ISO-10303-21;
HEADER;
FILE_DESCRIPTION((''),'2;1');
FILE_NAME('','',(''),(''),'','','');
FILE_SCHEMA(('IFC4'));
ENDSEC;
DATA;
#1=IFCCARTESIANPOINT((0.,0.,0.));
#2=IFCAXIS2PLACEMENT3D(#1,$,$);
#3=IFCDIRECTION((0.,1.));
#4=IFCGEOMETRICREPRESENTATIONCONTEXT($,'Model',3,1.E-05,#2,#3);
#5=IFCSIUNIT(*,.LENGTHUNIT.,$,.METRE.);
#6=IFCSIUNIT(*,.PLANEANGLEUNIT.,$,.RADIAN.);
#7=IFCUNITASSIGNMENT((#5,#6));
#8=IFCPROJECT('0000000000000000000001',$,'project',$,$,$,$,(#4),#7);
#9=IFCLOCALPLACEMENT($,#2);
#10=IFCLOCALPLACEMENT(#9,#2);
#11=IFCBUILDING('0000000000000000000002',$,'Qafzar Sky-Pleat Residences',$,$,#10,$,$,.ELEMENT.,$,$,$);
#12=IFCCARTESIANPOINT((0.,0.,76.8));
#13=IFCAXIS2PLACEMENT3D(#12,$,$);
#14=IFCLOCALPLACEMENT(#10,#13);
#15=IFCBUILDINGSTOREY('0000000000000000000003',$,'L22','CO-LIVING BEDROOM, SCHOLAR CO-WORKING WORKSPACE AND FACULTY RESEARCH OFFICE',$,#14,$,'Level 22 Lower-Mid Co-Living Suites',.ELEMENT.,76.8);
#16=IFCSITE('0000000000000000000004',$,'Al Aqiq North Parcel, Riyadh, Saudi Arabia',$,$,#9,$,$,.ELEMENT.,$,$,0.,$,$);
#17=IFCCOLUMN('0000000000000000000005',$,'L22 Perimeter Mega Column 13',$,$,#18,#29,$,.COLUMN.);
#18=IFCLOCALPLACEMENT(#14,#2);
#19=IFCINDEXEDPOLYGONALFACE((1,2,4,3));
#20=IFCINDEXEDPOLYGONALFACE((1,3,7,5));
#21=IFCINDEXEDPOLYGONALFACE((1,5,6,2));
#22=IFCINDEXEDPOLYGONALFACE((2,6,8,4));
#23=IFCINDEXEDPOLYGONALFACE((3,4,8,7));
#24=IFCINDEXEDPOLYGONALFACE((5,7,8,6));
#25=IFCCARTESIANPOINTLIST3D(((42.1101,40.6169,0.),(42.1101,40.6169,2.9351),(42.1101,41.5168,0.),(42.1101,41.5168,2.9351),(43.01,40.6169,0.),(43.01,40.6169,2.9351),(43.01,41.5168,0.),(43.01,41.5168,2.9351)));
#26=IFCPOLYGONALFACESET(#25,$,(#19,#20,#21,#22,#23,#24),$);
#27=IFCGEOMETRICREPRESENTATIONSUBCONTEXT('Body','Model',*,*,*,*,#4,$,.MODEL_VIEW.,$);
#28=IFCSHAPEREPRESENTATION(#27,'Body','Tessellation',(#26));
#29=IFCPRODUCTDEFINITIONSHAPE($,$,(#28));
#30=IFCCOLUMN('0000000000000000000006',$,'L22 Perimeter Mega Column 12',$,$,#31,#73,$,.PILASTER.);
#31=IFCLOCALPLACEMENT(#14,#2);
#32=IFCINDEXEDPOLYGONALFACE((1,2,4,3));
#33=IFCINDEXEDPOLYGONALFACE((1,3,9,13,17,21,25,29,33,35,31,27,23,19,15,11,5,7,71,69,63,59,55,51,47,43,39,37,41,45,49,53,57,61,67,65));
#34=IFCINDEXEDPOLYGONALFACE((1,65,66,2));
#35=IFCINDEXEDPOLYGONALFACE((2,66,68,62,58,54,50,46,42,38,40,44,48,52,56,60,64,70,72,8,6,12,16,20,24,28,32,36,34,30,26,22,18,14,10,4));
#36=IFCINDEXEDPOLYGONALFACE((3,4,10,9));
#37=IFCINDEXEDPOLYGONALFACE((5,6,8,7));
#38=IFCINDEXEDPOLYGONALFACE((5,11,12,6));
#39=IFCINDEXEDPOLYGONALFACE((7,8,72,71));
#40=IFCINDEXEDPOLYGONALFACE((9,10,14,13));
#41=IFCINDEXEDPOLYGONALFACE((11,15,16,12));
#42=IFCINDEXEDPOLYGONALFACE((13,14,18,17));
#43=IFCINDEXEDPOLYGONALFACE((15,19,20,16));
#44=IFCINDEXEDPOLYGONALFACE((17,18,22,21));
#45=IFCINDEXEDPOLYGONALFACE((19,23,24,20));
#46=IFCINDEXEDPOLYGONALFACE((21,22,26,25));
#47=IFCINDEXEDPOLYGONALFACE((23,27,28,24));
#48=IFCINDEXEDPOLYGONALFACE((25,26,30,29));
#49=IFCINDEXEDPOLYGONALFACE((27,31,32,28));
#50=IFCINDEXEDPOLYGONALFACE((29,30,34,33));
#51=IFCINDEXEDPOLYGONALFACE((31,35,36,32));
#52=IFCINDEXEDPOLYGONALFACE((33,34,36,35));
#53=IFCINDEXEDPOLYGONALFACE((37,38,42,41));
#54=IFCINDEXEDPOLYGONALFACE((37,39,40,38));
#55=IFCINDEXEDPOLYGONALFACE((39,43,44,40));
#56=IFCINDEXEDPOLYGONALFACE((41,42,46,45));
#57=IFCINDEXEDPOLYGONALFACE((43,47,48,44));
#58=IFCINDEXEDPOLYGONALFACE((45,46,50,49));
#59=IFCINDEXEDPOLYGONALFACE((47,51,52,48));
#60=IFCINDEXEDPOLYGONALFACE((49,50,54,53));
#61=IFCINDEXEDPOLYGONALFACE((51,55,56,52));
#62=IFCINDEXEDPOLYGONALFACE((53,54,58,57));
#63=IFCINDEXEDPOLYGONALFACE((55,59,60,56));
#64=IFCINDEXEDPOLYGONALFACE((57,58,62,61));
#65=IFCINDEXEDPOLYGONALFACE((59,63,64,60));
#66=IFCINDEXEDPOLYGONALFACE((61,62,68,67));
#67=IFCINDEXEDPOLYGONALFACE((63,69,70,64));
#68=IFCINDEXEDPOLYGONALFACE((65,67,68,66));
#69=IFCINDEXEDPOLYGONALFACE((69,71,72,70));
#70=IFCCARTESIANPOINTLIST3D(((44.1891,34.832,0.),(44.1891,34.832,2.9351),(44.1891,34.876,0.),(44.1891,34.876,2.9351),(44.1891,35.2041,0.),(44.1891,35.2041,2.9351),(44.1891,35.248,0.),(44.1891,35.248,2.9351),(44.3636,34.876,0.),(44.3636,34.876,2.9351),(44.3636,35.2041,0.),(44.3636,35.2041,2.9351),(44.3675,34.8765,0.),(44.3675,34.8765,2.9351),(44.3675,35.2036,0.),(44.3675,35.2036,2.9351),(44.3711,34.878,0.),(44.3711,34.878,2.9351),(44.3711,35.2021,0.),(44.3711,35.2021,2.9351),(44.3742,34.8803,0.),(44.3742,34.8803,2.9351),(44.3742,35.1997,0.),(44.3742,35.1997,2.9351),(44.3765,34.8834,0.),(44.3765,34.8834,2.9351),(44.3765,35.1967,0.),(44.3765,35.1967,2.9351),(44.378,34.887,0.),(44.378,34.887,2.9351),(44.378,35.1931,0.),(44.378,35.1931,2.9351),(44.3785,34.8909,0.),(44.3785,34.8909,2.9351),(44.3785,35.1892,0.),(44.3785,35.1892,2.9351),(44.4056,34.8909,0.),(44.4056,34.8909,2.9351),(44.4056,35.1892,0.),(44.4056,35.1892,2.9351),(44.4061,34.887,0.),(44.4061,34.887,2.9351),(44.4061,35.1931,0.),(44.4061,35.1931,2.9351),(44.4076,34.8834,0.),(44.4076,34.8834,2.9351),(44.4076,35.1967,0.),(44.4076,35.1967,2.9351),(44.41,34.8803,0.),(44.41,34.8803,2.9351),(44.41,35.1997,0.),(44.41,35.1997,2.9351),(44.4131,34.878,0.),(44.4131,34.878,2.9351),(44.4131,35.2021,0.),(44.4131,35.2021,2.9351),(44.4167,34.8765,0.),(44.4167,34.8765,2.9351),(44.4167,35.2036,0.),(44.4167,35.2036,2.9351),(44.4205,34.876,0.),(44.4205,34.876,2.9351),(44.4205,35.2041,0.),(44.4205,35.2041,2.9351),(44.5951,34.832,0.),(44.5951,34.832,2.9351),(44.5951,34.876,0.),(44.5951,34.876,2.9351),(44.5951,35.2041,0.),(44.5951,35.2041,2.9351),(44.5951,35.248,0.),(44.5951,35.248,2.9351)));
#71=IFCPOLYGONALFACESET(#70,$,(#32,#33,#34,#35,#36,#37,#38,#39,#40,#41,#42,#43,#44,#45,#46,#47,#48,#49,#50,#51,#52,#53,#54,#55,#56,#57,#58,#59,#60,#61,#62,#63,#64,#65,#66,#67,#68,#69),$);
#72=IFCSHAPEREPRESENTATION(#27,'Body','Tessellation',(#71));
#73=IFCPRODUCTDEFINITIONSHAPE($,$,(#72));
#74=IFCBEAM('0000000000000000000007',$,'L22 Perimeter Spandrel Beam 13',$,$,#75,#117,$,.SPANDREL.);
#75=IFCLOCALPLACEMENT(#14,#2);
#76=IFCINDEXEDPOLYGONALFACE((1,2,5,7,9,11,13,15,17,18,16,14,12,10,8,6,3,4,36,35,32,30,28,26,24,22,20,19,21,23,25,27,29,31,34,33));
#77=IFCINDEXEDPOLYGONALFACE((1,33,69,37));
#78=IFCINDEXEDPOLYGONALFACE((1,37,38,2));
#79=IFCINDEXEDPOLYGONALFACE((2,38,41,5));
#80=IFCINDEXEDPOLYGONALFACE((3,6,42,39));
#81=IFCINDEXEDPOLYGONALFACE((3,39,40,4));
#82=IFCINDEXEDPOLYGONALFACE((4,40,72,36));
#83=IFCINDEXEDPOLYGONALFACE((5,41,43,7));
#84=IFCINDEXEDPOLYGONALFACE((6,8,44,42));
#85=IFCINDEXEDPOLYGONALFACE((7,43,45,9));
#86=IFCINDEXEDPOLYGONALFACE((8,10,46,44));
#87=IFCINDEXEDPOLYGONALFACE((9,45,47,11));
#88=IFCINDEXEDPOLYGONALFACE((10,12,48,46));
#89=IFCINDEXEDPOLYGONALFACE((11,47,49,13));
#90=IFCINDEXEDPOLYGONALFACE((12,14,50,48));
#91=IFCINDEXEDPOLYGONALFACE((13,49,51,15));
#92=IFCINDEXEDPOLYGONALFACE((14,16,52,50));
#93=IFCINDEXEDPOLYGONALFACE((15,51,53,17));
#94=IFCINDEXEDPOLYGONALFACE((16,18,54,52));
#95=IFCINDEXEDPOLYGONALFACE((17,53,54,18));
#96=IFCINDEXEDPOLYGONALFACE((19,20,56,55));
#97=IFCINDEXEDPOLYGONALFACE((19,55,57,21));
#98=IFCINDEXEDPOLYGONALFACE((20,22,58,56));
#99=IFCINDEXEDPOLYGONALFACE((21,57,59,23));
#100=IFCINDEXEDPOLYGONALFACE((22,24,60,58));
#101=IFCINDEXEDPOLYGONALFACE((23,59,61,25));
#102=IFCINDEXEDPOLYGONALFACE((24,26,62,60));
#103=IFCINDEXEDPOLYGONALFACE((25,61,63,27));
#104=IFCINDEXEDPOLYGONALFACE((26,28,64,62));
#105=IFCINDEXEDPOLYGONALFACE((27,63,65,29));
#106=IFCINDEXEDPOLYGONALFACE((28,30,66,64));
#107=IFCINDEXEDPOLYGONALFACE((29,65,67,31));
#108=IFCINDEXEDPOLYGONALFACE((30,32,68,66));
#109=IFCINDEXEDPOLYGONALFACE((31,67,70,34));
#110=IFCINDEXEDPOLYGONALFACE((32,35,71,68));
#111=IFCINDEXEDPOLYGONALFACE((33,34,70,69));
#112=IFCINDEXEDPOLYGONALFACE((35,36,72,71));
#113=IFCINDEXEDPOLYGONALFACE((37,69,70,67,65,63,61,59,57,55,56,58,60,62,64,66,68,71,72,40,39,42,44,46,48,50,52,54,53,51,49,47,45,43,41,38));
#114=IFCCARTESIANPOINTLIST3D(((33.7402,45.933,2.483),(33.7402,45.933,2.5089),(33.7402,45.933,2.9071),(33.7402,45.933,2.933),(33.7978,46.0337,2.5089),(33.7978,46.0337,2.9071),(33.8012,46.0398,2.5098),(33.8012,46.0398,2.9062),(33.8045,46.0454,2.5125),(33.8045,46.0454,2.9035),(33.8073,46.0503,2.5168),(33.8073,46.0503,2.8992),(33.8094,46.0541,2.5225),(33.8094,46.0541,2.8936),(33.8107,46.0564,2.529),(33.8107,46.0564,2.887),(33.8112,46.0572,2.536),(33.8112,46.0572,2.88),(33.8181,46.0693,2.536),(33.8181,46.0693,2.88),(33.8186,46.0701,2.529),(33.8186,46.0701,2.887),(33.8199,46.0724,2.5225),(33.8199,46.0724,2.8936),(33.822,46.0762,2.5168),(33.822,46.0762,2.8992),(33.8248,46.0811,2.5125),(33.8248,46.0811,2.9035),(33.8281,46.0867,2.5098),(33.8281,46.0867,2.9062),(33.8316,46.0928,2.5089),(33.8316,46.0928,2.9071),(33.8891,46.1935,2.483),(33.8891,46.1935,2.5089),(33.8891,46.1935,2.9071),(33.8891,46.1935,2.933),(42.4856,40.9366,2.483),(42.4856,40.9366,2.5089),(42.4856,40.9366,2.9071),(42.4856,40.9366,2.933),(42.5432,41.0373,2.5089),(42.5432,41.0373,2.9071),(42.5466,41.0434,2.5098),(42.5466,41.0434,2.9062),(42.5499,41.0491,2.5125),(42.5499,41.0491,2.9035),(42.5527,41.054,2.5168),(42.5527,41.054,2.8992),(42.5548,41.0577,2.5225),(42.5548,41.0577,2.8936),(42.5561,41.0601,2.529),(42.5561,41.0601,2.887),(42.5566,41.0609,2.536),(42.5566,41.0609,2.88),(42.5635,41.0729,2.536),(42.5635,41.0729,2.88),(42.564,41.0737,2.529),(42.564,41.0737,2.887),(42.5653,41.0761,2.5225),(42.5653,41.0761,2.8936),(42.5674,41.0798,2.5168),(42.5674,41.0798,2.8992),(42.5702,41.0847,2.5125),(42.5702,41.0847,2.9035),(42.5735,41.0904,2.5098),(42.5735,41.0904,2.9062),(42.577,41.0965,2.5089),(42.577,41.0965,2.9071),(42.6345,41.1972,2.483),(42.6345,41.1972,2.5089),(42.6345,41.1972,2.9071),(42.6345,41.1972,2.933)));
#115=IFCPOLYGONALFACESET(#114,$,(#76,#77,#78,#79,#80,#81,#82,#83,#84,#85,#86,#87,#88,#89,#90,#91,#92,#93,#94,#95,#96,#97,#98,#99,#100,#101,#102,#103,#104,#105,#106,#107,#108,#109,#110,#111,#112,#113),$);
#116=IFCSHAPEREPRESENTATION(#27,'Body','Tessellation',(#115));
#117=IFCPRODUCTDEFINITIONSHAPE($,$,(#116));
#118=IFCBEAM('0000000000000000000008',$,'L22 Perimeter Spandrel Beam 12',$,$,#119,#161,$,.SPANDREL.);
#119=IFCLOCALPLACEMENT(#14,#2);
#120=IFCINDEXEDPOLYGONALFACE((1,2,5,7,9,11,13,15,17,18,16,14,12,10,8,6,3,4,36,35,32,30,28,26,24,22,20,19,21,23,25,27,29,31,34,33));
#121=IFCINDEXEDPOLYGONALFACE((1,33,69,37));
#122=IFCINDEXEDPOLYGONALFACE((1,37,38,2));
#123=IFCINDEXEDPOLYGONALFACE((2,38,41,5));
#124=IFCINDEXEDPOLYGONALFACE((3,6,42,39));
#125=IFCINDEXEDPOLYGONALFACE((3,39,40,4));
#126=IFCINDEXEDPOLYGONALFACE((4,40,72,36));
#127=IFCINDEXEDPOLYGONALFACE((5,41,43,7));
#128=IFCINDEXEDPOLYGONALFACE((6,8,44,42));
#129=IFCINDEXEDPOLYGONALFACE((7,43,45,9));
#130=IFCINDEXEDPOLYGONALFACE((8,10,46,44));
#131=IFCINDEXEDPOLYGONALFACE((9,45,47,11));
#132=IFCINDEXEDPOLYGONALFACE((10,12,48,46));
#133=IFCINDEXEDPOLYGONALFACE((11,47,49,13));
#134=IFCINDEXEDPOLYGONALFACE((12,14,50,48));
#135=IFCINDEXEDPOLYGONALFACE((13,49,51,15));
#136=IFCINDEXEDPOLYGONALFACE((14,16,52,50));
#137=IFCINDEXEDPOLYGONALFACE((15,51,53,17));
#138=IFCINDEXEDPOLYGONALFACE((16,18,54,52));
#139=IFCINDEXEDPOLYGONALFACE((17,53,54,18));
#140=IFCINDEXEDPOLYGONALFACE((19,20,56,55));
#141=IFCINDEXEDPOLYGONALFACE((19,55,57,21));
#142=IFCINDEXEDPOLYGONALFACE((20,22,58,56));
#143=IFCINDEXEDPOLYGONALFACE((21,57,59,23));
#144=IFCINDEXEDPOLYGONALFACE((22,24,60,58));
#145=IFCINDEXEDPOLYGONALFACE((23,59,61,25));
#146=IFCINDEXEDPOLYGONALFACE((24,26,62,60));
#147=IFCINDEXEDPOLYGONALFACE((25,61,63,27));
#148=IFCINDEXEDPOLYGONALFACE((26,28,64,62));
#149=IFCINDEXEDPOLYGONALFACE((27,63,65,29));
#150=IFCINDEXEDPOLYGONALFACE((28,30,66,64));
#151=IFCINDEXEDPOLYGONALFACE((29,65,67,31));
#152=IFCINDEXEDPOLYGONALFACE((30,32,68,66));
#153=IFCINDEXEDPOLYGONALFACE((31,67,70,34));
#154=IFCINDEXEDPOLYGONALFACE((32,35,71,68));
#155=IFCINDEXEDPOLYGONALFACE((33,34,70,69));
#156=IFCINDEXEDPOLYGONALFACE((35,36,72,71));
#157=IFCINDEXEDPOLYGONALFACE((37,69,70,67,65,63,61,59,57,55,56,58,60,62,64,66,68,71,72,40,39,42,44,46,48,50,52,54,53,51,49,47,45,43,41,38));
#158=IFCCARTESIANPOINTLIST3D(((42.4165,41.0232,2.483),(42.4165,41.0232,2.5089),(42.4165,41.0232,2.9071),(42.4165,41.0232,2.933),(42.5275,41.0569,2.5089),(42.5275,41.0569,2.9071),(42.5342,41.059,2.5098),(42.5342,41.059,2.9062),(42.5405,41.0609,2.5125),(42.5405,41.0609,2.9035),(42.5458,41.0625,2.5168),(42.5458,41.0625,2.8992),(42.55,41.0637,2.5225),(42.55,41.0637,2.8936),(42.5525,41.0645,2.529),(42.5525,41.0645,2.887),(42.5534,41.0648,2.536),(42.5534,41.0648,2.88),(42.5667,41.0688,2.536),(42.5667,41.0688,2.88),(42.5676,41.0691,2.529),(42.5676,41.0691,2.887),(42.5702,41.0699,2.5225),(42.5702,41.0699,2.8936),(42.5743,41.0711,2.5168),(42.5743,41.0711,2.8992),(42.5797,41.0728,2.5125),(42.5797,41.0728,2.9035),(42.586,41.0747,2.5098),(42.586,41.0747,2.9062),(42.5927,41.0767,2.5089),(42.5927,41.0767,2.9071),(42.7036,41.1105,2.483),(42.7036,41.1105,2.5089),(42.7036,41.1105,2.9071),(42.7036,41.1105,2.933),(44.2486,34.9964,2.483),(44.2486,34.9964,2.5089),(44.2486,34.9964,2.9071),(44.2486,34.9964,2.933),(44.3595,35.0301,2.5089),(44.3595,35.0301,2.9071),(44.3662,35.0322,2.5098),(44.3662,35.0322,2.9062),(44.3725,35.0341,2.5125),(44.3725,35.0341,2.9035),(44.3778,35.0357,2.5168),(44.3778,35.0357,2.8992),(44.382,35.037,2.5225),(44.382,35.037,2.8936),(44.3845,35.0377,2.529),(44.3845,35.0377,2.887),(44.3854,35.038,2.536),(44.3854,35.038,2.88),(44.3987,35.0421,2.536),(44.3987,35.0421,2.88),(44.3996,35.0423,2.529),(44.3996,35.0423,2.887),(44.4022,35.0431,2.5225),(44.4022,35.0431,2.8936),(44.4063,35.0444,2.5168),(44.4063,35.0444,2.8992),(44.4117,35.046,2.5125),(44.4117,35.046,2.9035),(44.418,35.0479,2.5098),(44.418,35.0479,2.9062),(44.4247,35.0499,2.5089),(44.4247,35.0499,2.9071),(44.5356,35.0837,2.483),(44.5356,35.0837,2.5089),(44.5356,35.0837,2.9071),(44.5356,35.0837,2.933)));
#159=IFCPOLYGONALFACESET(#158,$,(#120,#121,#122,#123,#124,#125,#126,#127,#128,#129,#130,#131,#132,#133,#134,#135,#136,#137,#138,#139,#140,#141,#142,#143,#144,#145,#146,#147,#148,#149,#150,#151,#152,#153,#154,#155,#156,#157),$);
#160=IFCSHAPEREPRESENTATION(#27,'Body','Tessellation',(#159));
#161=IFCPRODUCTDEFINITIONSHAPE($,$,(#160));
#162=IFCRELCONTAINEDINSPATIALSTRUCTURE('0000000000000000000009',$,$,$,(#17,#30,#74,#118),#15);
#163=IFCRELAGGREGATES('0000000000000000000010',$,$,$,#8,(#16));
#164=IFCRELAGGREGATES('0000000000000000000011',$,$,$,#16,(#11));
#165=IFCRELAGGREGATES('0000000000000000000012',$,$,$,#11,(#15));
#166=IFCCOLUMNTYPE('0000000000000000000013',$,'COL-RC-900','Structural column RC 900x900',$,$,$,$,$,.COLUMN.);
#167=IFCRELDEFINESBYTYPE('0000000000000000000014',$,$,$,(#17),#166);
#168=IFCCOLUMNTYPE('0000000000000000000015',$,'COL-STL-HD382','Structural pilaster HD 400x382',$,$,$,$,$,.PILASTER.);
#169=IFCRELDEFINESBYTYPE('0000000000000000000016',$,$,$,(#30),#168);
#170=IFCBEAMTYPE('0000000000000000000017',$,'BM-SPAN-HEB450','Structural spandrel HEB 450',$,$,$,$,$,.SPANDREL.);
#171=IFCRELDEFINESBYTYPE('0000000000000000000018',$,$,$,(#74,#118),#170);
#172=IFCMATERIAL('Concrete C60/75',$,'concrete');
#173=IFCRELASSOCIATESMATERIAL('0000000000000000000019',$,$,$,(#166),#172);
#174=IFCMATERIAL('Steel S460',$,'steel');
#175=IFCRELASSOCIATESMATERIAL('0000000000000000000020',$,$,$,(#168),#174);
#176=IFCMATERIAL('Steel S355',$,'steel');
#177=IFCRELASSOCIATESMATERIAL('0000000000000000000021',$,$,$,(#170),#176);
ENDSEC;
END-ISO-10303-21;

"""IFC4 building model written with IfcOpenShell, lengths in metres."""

from ifc_helpers import new_model, si_unit, direction, frame, origin, origin_2d, place, context, subcontext, project, spatial, rectangle, i_section, extrude, source, transform, mapped, material, material_profile, profile_set, type_object, element, save


model = new_model("IFC4")

# Units and contexts
model_context = context("Model", 3, precision=1e-05, world=origin(), true_north=direction((0.0, 1.0)))
body_context = subcontext(model_context, "Body", "Model", "MODEL_VIEW")
ifc_project = project(units=[si_unit("LENGTHUNIT", "METRE"), si_unit("PLANEANGLEUNIT", "RADIAN")], contexts=[model_context])

# Site, building, storey
site_placement = place(None, origin())
site = spatial("IfcSite", under=ifc_project, at=site_placement, Name="Al Aqiq North Parcel, Riyadh, Saudi Arabia", CompositionType="ELEMENT", RefElevation=0.0)
building_placement = place(site_placement, origin())
building = spatial("IfcBuilding", under=site, at=building_placement, Name="Qafzar Sky-Pleat Residences", CompositionType="ELEMENT")
storey_placement = place(building_placement, frame((0.0, 0.0, 76.8)))
storey = spatial("IfcBuildingStorey", under=building, at=storey_placement, Name="L22", Description="CO-LIVING BEDROOM, SCHOLAR CO-WORKING WORKSPACE AND FACULTY RESEARCH OFFICE", LongName="Level 22 Lower-Mid Co-Living Suites", CompositionType="ELEMENT", Elevation=76.8)

# Columns
ifc_material_1 = material(Name="Concrete C60/75", Category="concrete")
ifc_material_profile_1 = material_profile(ifc_material_1, rectangle(XDim=0.8999, YDim=0.8999, at=origin_2d()), Name="RC 900x900")
ifc_profile_set_1 = profile_set([ifc_material_profile_1], Name="Concrete C60/75")
column_type_1 = type_object("IfcColumnType", Name="COL-RC-900", Description="Structural column RC 900x900", PredefinedType="COLUMN", material=ifc_profile_set_1)
shared_shape_1 = source(origin(), body_context, "Body", "SweptSolid", [
    extrude(rectangle(XDim=0.8999, YDim=0.8999, at=origin_2d()), origin(), (0.0, 0.0, 1.0), 2.9351),
])
column_1_placement = place(storey_placement, frame((42.5601, 41.0669, 0.0), z_axis=(0.0, 0.0, 1.0), x_axis=(1.0, 0.0, 0.0)))
element("IfcColumn", 1, at=column_1_placement, inside=storey, type_object=column_type_1, Name="L22 Perimeter Mega Column 13", PredefinedType="COLUMN", context=body_context, shape_type="MappedRepresentation", body=[
    mapped(shared_shape_1, transform((0.0, 0.0, 0.0), x_axis=(1.0, 0.0, 0.0), y_axis=(0.0, 1.0, 0.0), z_axis=(0.0, 0.0, 1.0), scale=1.0)),
])
ifc_material_2 = material(Name="Steel S460", Category="steel")
ifc_material_profile_2 = material_profile(ifc_material_2, i_section(OverallWidth=0.406, OverallDepth=0.416, WebThickness=0.0271, FlangeThickness=0.0439, FilletRadius=0.0149, at=origin_2d()), Name="HD 400x382")
ifc_profile_set_2 = profile_set([ifc_material_profile_2], Name="Steel S460")
column_type_2 = type_object("IfcColumnType", Name="COL-STL-HD382", Description="Structural pilaster HD 400x382", PredefinedType="PILASTER", material=ifc_profile_set_2)
shared_shape_2 = source(origin(), body_context, "Body", "SweptSolid", [
    extrude(i_section(OverallWidth=0.406, OverallDepth=0.416, WebThickness=0.0271, FlangeThickness=0.0439, FilletRadius=0.0149, at=origin_2d()), origin(), (0.0, 0.0, 1.0), 2.9351),
])
column_2_placement = place(storey_placement, frame((44.3921, 35.04, 0.0), z_axis=(0.0, 0.0, 1.0), x_axis=(1.0, 0.0, 0.0)))
element("IfcColumn", 2, at=column_2_placement, inside=storey, type_object=column_type_2, Name="L22 Perimeter Mega Column 12", PredefinedType="PILASTER", context=body_context, shape_type="MappedRepresentation", body=[
    mapped(shared_shape_2, transform((0.0, 0.0, 0.0), x_axis=(1.0, 0.0, 0.0), y_axis=(0.0, 1.0, 0.0), z_axis=(0.0, 0.0, 1.0), scale=1.0)),
])

# Beams
ifc_material_3 = material(Name="Steel S355", Category="steel")
ifc_material_profile_3 = material_profile(ifc_material_3, i_section(OverallWidth=0.3, OverallDepth=0.45, WebThickness=0.0139, FlangeThickness=0.0259, FilletRadius=0.0271, at=origin_2d()), Name="HEB 450")
ifc_profile_set_3 = profile_set([ifc_material_profile_3], Name="Steel S355")
beam_type_1 = type_object("IfcBeamType", Name="BM-SPAN-HEB450", Description="Structural spandrel HEB 450", PredefinedType="SPANDREL", material=ifc_profile_set_3)
shared_shape_3 = source(origin(), body_context, "Body", "SweptSolid", [
    extrude(i_section(OverallWidth=0.3, OverallDepth=0.45, WebThickness=0.0139, FlangeThickness=0.0259, FilletRadius=0.0271, at=origin_2d()), origin(), (0.0, 0.0, 1.0), 10.072),
])
beam_1_placement = place(storey_placement, frame((42.5601, 41.0669, 2.708), z_axis=(-0.868286, 0.496063, 0.0), x_axis=(-0.496063, -0.868286, 0.0)))
element("IfcBeam", 3, at=beam_1_placement, inside=storey, type_object=beam_type_1, Name="L22 Perimeter Spandrel Beam 13", PredefinedType="SPANDREL", context=body_context, shape_type="MappedRepresentation", body=[
    mapped(shared_shape_3, transform((0.0, 0.0, 0.0), x_axis=(1.0, 0.0, 0.0), y_axis=(0.0, 1.0, 0.0), z_axis=(0.0, 0.0, 1.0), scale=1.0)),
])
shared_shape_4 = source(origin(), body_context, "Body", "SweptSolid", [
    extrude(i_section(OverallWidth=0.3, OverallDepth=0.45, WebThickness=0.0139, FlangeThickness=0.0259, FilletRadius=0.0271, at=origin_2d()), origin(), (0.0, 0.0, 1.0), 6.2991),
])
beam_2_placement = place(storey_placement, frame((44.3921, 35.04, 2.708), z_axis=(-0.290838, 0.956772, 0.0), x_axis=(-0.956772, -0.290838, 0.0)))
element("IfcBeam", 4, at=beam_2_placement, inside=storey, type_object=beam_type_1, Name="L22 Perimeter Spandrel Beam 12", PredefinedType="SPANDREL", context=body_context, shape_type="MappedRepresentation", body=[
    mapped(shared_shape_4, transform((0.0, 0.0, 0.0), x_axis=(1.0, 0.0, 0.0), y_axis=(0.0, 1.0, 0.0), z_axis=(0.0, 0.0, 1.0), scale=1.0)),
])

save(model, "model.ifc")
